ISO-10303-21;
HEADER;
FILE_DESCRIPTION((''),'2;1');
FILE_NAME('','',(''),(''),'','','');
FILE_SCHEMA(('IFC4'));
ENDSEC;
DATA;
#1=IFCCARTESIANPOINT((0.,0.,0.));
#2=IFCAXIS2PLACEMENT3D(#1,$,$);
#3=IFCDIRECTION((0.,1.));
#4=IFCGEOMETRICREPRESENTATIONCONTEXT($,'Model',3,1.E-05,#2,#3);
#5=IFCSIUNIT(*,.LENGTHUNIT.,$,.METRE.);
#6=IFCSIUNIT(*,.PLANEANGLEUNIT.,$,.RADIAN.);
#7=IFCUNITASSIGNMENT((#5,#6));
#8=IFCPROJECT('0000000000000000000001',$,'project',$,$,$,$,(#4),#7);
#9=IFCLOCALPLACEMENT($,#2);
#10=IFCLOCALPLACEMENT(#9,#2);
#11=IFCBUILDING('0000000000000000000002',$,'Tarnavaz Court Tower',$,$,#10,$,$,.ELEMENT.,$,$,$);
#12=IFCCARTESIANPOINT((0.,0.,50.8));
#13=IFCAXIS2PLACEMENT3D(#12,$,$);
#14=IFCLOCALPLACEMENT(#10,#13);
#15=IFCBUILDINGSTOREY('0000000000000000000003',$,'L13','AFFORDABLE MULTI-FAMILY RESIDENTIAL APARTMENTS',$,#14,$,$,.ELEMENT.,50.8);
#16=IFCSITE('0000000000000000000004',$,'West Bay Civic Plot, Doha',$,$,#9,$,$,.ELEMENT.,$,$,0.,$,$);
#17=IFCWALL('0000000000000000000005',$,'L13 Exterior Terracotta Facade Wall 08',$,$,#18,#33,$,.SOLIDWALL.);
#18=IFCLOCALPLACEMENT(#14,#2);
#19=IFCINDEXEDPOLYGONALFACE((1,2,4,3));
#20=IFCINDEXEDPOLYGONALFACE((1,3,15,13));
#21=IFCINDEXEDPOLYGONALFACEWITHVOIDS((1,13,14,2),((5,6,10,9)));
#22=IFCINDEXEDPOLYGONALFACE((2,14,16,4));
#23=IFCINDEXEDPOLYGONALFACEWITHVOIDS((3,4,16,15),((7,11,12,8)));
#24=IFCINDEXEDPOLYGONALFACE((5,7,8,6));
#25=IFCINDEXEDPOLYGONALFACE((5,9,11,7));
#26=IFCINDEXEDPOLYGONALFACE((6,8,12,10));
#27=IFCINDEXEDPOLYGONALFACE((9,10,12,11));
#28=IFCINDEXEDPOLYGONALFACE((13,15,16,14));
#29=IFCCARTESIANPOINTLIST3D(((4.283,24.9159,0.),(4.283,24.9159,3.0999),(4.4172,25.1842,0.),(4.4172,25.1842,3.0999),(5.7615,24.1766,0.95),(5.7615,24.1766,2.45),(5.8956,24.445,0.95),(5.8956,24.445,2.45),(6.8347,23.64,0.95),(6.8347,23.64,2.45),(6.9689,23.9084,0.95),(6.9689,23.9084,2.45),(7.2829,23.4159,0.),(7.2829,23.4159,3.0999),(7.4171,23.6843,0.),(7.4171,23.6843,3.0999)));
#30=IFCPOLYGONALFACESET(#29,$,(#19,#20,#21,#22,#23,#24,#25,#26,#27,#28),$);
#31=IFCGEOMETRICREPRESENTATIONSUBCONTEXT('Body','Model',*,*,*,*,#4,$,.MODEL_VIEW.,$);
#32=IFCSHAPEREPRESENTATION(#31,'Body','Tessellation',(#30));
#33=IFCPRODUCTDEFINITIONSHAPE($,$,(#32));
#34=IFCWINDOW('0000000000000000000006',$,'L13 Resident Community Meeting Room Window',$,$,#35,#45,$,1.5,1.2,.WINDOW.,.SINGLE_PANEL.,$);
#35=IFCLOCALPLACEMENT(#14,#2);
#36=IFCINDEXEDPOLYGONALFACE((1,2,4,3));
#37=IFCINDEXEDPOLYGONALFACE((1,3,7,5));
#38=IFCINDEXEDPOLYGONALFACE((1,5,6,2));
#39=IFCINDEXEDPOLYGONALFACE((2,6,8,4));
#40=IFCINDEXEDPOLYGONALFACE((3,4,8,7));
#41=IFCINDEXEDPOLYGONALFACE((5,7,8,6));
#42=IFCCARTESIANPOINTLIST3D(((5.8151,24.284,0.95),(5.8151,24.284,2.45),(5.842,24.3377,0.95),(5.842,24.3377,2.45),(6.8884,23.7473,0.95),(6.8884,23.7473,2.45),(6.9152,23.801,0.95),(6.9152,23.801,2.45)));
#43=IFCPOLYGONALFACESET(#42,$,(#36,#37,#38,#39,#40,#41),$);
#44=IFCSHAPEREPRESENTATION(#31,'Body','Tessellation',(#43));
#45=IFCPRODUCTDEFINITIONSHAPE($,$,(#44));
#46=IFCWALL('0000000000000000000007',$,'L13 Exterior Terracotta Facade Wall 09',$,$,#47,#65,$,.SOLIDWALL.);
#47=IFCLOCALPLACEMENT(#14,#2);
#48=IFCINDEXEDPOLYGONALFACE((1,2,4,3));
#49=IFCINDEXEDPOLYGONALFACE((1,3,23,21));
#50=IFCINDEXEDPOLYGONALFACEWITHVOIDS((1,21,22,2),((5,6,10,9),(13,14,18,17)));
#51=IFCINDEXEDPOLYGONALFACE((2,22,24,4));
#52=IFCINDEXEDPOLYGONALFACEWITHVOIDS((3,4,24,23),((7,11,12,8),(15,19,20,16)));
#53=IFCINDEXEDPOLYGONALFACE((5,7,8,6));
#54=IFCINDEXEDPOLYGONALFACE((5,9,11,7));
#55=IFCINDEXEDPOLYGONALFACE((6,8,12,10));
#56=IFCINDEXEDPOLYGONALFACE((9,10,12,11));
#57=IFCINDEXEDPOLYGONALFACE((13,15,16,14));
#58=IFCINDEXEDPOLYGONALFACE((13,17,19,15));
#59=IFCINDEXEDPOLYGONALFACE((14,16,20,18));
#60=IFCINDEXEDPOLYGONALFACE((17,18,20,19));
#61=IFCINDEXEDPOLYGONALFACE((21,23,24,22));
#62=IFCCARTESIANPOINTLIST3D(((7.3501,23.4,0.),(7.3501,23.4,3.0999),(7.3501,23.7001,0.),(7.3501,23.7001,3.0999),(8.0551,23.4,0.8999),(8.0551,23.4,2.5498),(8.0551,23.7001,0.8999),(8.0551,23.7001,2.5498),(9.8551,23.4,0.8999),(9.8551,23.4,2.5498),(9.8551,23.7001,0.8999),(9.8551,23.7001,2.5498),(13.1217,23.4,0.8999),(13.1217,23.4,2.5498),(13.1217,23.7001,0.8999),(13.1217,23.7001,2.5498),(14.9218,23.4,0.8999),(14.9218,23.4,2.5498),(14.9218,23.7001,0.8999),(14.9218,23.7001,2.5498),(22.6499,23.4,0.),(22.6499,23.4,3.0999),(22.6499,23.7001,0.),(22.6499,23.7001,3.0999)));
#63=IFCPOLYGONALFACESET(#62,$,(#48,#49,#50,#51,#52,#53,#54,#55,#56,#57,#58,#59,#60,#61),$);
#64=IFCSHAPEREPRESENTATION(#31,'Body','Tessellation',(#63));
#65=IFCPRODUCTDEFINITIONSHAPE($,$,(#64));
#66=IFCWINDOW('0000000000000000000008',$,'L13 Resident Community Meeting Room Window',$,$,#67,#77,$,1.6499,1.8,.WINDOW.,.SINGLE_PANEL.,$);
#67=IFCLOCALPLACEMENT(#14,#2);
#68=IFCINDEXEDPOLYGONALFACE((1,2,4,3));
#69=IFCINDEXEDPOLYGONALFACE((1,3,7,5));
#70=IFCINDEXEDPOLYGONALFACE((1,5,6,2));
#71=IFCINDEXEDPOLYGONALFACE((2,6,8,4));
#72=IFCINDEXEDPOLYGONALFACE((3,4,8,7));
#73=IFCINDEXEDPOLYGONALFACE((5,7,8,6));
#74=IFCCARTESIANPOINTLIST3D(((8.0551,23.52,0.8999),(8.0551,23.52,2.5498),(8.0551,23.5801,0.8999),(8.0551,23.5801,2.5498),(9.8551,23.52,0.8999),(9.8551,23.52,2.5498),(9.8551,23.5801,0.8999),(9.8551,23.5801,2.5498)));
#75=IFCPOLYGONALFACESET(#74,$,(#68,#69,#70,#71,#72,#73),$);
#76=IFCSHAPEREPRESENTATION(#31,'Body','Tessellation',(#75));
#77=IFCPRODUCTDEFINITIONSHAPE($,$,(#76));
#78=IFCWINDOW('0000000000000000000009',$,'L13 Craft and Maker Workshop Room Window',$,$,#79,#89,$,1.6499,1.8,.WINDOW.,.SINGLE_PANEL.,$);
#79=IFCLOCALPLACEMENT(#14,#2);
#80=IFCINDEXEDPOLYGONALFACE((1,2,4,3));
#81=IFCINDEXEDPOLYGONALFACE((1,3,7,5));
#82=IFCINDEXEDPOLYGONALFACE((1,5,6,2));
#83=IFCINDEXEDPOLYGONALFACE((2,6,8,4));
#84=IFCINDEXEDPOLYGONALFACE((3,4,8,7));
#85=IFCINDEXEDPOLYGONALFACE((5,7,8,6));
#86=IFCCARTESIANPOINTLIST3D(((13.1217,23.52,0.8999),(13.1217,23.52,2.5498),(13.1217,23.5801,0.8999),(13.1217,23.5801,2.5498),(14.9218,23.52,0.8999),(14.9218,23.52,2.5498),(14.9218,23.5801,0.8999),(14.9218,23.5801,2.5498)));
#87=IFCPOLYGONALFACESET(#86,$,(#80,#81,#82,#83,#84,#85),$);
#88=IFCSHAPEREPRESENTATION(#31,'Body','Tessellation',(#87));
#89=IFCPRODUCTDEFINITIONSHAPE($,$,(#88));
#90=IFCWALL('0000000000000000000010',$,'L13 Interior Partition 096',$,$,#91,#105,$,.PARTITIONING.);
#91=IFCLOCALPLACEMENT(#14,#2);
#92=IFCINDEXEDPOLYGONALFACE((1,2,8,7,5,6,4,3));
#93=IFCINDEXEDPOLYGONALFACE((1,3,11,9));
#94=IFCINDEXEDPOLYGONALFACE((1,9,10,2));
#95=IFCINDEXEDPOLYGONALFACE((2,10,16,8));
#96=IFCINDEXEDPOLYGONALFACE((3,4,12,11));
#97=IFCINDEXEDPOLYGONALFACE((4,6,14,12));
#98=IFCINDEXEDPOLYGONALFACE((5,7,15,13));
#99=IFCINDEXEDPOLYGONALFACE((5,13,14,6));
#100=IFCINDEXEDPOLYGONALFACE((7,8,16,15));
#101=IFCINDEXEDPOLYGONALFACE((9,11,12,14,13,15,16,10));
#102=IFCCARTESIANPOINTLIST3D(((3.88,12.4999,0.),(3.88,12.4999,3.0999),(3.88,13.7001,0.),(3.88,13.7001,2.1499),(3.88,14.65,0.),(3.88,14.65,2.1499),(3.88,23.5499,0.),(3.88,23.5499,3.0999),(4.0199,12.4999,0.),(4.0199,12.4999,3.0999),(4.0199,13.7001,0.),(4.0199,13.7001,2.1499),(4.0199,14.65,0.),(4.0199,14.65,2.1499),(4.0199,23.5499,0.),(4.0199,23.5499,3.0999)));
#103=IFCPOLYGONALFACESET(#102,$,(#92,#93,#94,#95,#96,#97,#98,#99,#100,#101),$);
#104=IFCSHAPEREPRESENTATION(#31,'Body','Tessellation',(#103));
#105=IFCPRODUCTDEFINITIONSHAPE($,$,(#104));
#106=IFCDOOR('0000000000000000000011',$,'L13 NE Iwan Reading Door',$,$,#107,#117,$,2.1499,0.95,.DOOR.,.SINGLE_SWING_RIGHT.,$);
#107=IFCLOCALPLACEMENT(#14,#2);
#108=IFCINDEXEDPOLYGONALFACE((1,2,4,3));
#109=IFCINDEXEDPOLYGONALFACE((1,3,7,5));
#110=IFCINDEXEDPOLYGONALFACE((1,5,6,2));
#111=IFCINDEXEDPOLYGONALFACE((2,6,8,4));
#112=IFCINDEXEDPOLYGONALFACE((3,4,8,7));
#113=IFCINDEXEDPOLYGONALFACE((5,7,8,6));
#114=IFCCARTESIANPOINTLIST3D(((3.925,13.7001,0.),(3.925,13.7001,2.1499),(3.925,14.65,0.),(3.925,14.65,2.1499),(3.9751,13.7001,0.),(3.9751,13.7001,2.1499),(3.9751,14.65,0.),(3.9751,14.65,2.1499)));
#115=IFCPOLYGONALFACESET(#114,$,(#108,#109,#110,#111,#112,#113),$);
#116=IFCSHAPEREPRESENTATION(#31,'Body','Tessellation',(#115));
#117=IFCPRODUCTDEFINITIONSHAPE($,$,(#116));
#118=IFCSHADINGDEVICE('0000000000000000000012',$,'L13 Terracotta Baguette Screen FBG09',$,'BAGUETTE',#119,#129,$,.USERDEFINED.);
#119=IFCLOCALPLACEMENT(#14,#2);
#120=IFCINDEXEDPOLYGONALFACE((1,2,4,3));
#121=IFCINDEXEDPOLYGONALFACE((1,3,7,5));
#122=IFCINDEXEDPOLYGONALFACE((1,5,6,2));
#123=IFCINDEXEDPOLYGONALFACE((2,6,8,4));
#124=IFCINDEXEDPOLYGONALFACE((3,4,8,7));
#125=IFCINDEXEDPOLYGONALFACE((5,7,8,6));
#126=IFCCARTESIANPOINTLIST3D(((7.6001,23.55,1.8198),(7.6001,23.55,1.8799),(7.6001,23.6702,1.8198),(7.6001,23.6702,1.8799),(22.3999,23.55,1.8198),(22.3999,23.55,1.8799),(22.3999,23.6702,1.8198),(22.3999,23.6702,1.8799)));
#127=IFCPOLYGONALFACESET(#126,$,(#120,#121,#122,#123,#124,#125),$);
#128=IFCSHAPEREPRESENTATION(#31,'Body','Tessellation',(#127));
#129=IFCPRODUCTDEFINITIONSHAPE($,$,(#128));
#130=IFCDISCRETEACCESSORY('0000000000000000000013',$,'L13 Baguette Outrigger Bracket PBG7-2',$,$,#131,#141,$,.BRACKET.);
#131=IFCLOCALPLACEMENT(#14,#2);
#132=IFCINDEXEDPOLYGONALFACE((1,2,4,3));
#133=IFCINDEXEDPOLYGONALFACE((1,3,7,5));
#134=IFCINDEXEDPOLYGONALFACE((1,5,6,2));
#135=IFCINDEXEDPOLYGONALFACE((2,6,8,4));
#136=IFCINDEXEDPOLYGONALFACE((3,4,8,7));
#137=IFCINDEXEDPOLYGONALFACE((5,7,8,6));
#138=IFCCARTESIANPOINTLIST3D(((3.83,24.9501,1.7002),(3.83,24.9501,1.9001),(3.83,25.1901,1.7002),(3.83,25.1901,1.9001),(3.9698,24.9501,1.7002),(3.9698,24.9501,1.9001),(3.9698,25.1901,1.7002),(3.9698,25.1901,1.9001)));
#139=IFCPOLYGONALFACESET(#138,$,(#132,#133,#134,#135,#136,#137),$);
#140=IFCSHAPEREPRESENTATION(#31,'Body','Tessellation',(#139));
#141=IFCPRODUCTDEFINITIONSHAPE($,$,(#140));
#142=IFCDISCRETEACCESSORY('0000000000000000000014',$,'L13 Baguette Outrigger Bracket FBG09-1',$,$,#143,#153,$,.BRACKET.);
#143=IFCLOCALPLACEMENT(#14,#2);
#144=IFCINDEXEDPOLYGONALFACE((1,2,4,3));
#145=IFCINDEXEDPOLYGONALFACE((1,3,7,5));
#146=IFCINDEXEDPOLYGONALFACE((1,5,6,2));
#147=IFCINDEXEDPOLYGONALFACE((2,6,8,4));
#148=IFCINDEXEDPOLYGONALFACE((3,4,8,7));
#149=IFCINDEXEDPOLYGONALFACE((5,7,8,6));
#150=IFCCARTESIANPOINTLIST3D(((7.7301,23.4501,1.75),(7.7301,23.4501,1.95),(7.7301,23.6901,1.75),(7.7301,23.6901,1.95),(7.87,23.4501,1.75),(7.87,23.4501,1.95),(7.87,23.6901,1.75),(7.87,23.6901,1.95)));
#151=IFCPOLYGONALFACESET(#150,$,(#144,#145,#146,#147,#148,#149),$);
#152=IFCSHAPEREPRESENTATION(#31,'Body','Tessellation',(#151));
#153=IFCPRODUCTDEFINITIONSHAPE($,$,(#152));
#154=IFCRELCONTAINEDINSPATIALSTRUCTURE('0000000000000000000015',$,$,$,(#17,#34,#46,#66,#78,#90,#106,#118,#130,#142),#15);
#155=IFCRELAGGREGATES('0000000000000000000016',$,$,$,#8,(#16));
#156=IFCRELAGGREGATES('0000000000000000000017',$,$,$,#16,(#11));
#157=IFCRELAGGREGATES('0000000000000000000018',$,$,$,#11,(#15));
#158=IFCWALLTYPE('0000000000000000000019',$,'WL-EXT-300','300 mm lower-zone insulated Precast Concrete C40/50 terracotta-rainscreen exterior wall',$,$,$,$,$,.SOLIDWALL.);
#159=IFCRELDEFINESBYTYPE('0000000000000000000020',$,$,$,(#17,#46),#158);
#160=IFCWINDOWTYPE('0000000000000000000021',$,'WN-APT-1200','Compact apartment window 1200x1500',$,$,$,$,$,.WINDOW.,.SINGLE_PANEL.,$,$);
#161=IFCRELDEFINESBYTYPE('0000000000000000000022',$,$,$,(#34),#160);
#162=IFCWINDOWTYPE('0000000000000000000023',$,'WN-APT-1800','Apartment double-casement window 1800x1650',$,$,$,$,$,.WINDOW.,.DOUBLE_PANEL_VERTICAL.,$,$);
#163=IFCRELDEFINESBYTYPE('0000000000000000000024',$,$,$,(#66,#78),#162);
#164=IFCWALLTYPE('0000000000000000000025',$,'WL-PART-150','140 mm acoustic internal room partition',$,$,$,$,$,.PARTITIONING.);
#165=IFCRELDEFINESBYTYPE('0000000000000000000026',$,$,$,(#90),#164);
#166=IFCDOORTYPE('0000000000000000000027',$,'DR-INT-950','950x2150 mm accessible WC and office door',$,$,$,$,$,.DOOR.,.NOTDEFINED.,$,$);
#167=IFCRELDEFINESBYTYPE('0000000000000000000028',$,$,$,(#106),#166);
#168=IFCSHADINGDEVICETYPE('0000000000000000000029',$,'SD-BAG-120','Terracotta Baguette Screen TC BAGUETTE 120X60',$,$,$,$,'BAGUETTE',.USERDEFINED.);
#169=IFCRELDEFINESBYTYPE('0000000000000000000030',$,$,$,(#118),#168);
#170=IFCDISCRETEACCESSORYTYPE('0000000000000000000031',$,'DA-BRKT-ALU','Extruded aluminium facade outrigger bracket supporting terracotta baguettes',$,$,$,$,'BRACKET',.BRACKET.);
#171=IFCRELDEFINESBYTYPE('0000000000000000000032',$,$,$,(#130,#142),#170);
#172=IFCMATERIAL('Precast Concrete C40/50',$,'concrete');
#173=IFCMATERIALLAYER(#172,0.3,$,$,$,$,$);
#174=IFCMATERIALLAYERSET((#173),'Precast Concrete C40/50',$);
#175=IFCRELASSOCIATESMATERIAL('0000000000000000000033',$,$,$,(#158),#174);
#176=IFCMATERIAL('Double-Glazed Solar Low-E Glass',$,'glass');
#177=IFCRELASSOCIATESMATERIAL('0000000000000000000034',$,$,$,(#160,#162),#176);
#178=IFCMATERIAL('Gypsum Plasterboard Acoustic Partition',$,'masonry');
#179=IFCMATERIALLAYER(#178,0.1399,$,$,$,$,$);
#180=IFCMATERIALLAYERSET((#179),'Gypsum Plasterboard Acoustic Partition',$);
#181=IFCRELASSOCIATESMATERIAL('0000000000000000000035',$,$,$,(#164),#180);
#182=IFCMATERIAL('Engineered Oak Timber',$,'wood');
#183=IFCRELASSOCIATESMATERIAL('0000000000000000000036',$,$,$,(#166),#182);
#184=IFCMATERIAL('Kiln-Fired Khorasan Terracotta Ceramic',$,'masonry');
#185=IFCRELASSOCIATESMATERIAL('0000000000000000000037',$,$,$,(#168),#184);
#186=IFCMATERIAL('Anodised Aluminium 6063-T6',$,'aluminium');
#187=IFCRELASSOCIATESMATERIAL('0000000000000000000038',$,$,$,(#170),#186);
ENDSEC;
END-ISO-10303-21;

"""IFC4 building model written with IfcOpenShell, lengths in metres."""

from ifc_helpers import new_model, si_unit, direction, frame, frame_2d, origin, origin_2d, place, context, subcontext, project, spatial, rectangle, extrude, material, layer, layer_set, material_profile, profile_set, type_object, element, fill, save


model = new_model("IFC4")

# Units and contexts
model_context = context("Model", 3, precision=1e-05, world=origin(), true_north=direction((0.0, 1.0)))
body_context = subcontext(model_context, "Body", "Model", "MODEL_VIEW")
ifc_project = project(units=[si_unit("LENGTHUNIT", "METRE"), si_unit("PLANEANGLEUNIT", "RADIAN")], contexts=[model_context])

# Site, building, storey
site_placement = place(None, origin())
site = spatial("IfcSite", under=ifc_project, at=site_placement, Name="West Bay Civic Plot, Doha", CompositionType="ELEMENT", RefElevation=0.0)
building_placement = place(site_placement, origin())
building = spatial("IfcBuilding", under=site, at=building_placement, Name="Tarnavaz Court Tower", CompositionType="ELEMENT")
storey_placement = place(building_placement, frame((0.0, 0.0, 50.8)))
storey = spatial("IfcBuildingStorey", under=building, at=storey_placement, Name="L13", Description="AFFORDABLE MULTI-FAMILY RESIDENTIAL APARTMENTS", CompositionType="ELEMENT", Elevation=50.8)

# Shared definitions
ifc_material_1 = material(Name="Anodised Aluminium 6063-T6", Category="aluminium")
ifc_material_2 = material(Name="Double-Glazed Solar Low-E Glass", Category="glass")

# Wall, opening, window
ifc_material_3 = material(Name="Precast Concrete C40/50", Category="concrete")
ifc_layer_1 = layer(ifc_material_3, 0.3)
ifc_layer_set_1 = layer_set([ifc_layer_1], Name="Precast Concrete C40/50")
wall_type_1 = type_object("IfcWallType", Name="WL-EXT-300", Description="300 mm lower-zone insulated Precast Concrete C40/50 terracotta-rainscreen exterior wall", PredefinedType="SOLIDWALL", material=ifc_layer_set_1)
wall_1_placement = place(storey_placement, frame((4.3501, 25.05, 0.0), z_axis=(0.0, 0.0, 1.0), x_axis=(0.894427, -0.447214, 0.0)))
wall_1 = element("IfcWall", 1, at=wall_1_placement, inside=storey, type_object=wall_type_1, Name="L13 Exterior Terracotta Facade Wall 08", PredefinedType="SOLIDWALL", context=body_context, shape_type="SweptSolid", body=[
    extrude(rectangle(XDim=3.354, YDim=0.3, at=frame_2d((1.677, 0.0))), origin(), (0.0, 0.0, 1.0), 3.0999),
])
opening_1_placement = place(wall_1_placement, frame((1.6528, 0.0, 0.95)))
opening_1 = element("IfcOpeningElement", 2, at=opening_1_placement, cuts=wall_1, PredefinedType="OPENING", context=body_context, shape_type="SweptSolid", body=[
    extrude(rectangle(XDim=1.2, YDim=1.5, at=frame_2d((0.6001, 0.75))), frame((0.0, 0.1599, 0.0), z_axis=(0.0, -1.0, 0.0), x_axis=(1.0, 0.0, 0.0)), (0.0, 0.0, 1.0), 0.3201),
])
window_type_1 = type_object("IfcWindowType", Name="WN-APT-1200", Description="Compact apartment window 1200x1500", PartitioningType="SINGLE_PANEL", PredefinedType="WINDOW", material=ifc_material_2)
window_1_placement = place(opening_1_placement, origin())
window_1 = element("IfcWindow", 3, at=window_1_placement, inside=storey, type_object=window_type_1, Name="L13 Resident Community Meeting Room Window", OverallHeight=1.5, OverallWidth=1.2, PartitioningType="SINGLE_PANEL", PredefinedType="WINDOW", context=body_context, shape_type="SweptSolid", body=[
    extrude(rectangle(XDim=1.2, YDim=1.5, at=frame_2d((0.6001, 0.75))), frame((0.0, 0.03, 0.0), z_axis=(0.0, -1.0, 0.0), x_axis=(1.0, 0.0, 0.0)), (0.0, 0.0, 1.0), 0.0601),
])
fill(opening_1, window_1)

# Wall, openings, windows
wall_2_placement = place(storey_placement, frame((7.3501, 23.55, 0.0), z_axis=(0.0, 0.0, 1.0), x_axis=(1.0, 0.0, 0.0)))
wall_2 = element("IfcWall", 4, at=wall_2_placement, inside=storey, type_object=wall_type_1, Name="L13 Exterior Terracotta Facade Wall 09", PredefinedType="SOLIDWALL", context=body_context, shape_type="SweptSolid", body=[
    extrude(rectangle(XDim=15.2998, YDim=0.3, at=frame_2d((7.6499, 0.0))), origin(), (0.0, 0.0, 1.0), 3.0999),
])
opening_2_placement = place(wall_2_placement, frame((0.7051, 0.0, 0.8999)))
opening_2 = element("IfcOpeningElement", 5, at=opening_2_placement, cuts=wall_2, PredefinedType="OPENING", context=body_context, shape_type="SweptSolid", body=[
    extrude(rectangle(XDim=1.8, YDim=1.6499, at=frame_2d((0.8999, 0.825))), frame((0.0, 0.1599, 0.0), z_axis=(0.0, -1.0, 0.0), x_axis=(1.0, 0.0, 0.0)), (0.0, 0.0, 1.0), 0.3201),
])
opening_3_placement = place(wall_2_placement, frame((5.7717, 0.0, 0.8999)))
opening_3 = element("IfcOpeningElement", 6, at=opening_3_placement, cuts=wall_2, PredefinedType="OPENING", context=body_context, shape_type="SweptSolid", body=[
    extrude(rectangle(XDim=1.8, YDim=1.6499, at=frame_2d((0.8999, 0.825))), frame((0.0, 0.1599, 0.0), z_axis=(0.0, -1.0, 0.0), x_axis=(1.0, 0.0, 0.0)), (0.0, 0.0, 1.0), 0.3201),
])
window_type_2 = type_object("IfcWindowType", Name="WN-APT-1800", Description="Apartment double-casement window 1800x1650", PartitioningType="DOUBLE_PANEL_VERTICAL", PredefinedType="WINDOW", material=ifc_material_2)
window_2_placement = place(opening_2_placement, origin())
window_2 = element("IfcWindow", 7, at=window_2_placement, inside=storey, type_object=window_type_2, Name="L13 Resident Community Meeting Room Window", OverallHeight=1.6499, OverallWidth=1.8, PartitioningType="SINGLE_PANEL", PredefinedType="WINDOW", context=body_context, shape_type="SweptSolid", body=[
    extrude(rectangle(XDim=1.8, YDim=1.6499, at=frame_2d((0.8999, 0.825))), frame((0.0, 0.03, 0.0), z_axis=(0.0, -1.0, 0.0), x_axis=(1.0, 0.0, 0.0)), (0.0, 0.0, 1.0), 0.0601),
])
fill(opening_2, window_2)
window_3_placement = place(opening_3_placement, origin())
window_3 = element("IfcWindow", 8, at=window_3_placement, inside=storey, type_object=window_type_2, Name="L13 Craft and Maker Workshop Room Window", OverallHeight=1.6499, OverallWidth=1.8, PartitioningType="SINGLE_PANEL", PredefinedType="WINDOW", context=body_context, shape_type="SweptSolid", body=[
    extrude(rectangle(XDim=1.8, YDim=1.6499, at=frame_2d((0.8999, 0.825))), frame((0.0, 0.03, 0.0), z_axis=(0.0, -1.0, 0.0), x_axis=(1.0, 0.0, 0.0)), (0.0, 0.0, 1.0), 0.0601),
])
fill(opening_3, window_3)

# Wall, opening, door
ifc_material_4 = material(Name="Gypsum Plasterboard Acoustic Partition", Category="masonry")
ifc_layer_2 = layer(ifc_material_4, 0.1399)
ifc_layer_set_2 = layer_set([ifc_layer_2], Name="Gypsum Plasterboard Acoustic Partition")
wall_type_2 = type_object("IfcWallType", Name="WL-PART-150", Description="140 mm acoustic internal room partition", PredefinedType="PARTITIONING", material=ifc_layer_set_2)
wall_3_placement = place(storey_placement, frame((3.95, 12.5, 0.0), z_axis=(0.0, 0.0, 1.0), x_axis=(0.0, 1.0, 0.0)))
wall_3 = element("IfcWall", 9, at=wall_3_placement, inside=storey, type_object=wall_type_2, Name="L13 Interior Partition 096", PredefinedType="PARTITIONING", context=body_context, shape_type="SweptSolid", body=[
    extrude(rectangle(XDim=11.05, YDim=0.1399, at=frame_2d((5.5249, 0.0))), origin(), (0.0, 0.0, 1.0), 3.0999),
])
opening_4_placement = place(wall_3_placement, frame((1.2, 0.0, 0.0)))
opening_4 = element("IfcOpeningElement", 10, at=opening_4_placement, cuts=wall_3, PredefinedType="OPENING", context=body_context, shape_type="SweptSolid", body=[
    extrude(rectangle(XDim=0.95, YDim=2.1499, at=frame_2d((0.4751, 1.075))), frame((0.0, 0.0798, 0.0), z_axis=(0.0, -1.0, 0.0), x_axis=(1.0, 0.0, 0.0)), (0.0, 0.0, 1.0), 0.1599),
])
ifc_material_5 = material(Name="Engineered Oak Timber", Category="wood")
door_type = type_object("IfcDoorType", Name="DR-INT-950", Description="950x2150 mm accessible WC and office door", OperationType="NOTDEFINED", PredefinedType="DOOR", material=ifc_material_5)
door_placement = place(opening_4_placement, origin())
door = element("IfcDoor", 11, at=door_placement, inside=storey, type_object=door_type, Name="L13 NE Iwan Reading Door", OperationType="SINGLE_SWING_RIGHT", OverallHeight=2.1499, OverallWidth=0.95, PredefinedType="DOOR", context=body_context, shape_type="SweptSolid", body=[
    extrude(rectangle(XDim=0.95, YDim=2.1499, at=frame_2d((0.4751, 1.075))), frame((0.0, 0.0249, 0.0), z_axis=(0.0, -1.0, 0.0), x_axis=(1.0, 0.0, 0.0)), (0.0, 0.0, 1.0), 0.05),
])
fill(opening_4, door)

# Shading device
ifc_material_6 = material(Name="Kiln-Fired Khorasan Terracotta Ceramic", Category="masonry")
ifc_material_profile_1 = material_profile(ifc_material_6, rectangle(XDim=0.1201, YDim=0.0601, at=origin_2d()), Name="TC BAGUETTE 120X60")
ifc_profile_set_1 = profile_set([ifc_material_profile_1], Name="Kiln-Fired Khorasan Terracotta Ceramic")
shading_device_type = type_object("IfcShadingDeviceType", Name="SD-BAG-120", Description="Terracotta Baguette Screen TC BAGUETTE 120X60", ElementType="BAGUETTE", PredefinedType="USERDEFINED", material=ifc_profile_set_1)
shading_device_placement = place(storey_placement, frame((7.6001, 23.6101, 1.8499), z_axis=(1.0, 0.0, 0.0), x_axis=(0.0, 1.0, 0.0)))
element("IfcShadingDevice", 12, at=shading_device_placement, inside=storey, type_object=shading_device_type, Name="L13 Terracotta Baguette Screen FBG09", ObjectType="BAGUETTE", PredefinedType="USERDEFINED", context=body_context, shape_type="SweptSolid", body=[
    extrude(rectangle(XDim=0.1201, YDim=0.0601, at=origin_2d()), origin(), (0.0, 0.0, 1.0), 14.7998),
])

# Discrete accessories
discrete_accessory_type = type_object("IfcDiscreteAccessoryType", Name="DA-BRKT-ALU", Description="Extruded aluminium facade outrigger bracket supporting terracotta baguettes", ElementType="BRACKET", PredefinedType="BRACKET", material=ifc_material_1)
for number, where, z_axis, x_axis, name in (
    (13, (3.8999, 25.0701, 1.7002), (0.0, 0.0, 1.0), (1.0, 0.0, 0.0), "L13 Baguette Outrigger Bracket PBG7-2"),
    (14, (7.8, 23.5701, 1.75), (0.0, 0.0, 1.0), (1.0, 0.0, 0.0), "L13 Baguette Outrigger Bracket FBG09-1"),
):
    element("IfcDiscreteAccessory", number, at=place(storey_placement, frame(where, z_axis=z_axis, x_axis=x_axis)), inside=storey, type_object=discrete_accessory_type, Name=name, PredefinedType="BRACKET", context=body_context, shape_type="SweptSolid", body=[
        extrude(rectangle(XDim=0.1399, YDim=0.24, at=origin_2d()), origin(), (0.0, 0.0, 1.0), 0.2),
    ])

save(model, "model.ifc")
